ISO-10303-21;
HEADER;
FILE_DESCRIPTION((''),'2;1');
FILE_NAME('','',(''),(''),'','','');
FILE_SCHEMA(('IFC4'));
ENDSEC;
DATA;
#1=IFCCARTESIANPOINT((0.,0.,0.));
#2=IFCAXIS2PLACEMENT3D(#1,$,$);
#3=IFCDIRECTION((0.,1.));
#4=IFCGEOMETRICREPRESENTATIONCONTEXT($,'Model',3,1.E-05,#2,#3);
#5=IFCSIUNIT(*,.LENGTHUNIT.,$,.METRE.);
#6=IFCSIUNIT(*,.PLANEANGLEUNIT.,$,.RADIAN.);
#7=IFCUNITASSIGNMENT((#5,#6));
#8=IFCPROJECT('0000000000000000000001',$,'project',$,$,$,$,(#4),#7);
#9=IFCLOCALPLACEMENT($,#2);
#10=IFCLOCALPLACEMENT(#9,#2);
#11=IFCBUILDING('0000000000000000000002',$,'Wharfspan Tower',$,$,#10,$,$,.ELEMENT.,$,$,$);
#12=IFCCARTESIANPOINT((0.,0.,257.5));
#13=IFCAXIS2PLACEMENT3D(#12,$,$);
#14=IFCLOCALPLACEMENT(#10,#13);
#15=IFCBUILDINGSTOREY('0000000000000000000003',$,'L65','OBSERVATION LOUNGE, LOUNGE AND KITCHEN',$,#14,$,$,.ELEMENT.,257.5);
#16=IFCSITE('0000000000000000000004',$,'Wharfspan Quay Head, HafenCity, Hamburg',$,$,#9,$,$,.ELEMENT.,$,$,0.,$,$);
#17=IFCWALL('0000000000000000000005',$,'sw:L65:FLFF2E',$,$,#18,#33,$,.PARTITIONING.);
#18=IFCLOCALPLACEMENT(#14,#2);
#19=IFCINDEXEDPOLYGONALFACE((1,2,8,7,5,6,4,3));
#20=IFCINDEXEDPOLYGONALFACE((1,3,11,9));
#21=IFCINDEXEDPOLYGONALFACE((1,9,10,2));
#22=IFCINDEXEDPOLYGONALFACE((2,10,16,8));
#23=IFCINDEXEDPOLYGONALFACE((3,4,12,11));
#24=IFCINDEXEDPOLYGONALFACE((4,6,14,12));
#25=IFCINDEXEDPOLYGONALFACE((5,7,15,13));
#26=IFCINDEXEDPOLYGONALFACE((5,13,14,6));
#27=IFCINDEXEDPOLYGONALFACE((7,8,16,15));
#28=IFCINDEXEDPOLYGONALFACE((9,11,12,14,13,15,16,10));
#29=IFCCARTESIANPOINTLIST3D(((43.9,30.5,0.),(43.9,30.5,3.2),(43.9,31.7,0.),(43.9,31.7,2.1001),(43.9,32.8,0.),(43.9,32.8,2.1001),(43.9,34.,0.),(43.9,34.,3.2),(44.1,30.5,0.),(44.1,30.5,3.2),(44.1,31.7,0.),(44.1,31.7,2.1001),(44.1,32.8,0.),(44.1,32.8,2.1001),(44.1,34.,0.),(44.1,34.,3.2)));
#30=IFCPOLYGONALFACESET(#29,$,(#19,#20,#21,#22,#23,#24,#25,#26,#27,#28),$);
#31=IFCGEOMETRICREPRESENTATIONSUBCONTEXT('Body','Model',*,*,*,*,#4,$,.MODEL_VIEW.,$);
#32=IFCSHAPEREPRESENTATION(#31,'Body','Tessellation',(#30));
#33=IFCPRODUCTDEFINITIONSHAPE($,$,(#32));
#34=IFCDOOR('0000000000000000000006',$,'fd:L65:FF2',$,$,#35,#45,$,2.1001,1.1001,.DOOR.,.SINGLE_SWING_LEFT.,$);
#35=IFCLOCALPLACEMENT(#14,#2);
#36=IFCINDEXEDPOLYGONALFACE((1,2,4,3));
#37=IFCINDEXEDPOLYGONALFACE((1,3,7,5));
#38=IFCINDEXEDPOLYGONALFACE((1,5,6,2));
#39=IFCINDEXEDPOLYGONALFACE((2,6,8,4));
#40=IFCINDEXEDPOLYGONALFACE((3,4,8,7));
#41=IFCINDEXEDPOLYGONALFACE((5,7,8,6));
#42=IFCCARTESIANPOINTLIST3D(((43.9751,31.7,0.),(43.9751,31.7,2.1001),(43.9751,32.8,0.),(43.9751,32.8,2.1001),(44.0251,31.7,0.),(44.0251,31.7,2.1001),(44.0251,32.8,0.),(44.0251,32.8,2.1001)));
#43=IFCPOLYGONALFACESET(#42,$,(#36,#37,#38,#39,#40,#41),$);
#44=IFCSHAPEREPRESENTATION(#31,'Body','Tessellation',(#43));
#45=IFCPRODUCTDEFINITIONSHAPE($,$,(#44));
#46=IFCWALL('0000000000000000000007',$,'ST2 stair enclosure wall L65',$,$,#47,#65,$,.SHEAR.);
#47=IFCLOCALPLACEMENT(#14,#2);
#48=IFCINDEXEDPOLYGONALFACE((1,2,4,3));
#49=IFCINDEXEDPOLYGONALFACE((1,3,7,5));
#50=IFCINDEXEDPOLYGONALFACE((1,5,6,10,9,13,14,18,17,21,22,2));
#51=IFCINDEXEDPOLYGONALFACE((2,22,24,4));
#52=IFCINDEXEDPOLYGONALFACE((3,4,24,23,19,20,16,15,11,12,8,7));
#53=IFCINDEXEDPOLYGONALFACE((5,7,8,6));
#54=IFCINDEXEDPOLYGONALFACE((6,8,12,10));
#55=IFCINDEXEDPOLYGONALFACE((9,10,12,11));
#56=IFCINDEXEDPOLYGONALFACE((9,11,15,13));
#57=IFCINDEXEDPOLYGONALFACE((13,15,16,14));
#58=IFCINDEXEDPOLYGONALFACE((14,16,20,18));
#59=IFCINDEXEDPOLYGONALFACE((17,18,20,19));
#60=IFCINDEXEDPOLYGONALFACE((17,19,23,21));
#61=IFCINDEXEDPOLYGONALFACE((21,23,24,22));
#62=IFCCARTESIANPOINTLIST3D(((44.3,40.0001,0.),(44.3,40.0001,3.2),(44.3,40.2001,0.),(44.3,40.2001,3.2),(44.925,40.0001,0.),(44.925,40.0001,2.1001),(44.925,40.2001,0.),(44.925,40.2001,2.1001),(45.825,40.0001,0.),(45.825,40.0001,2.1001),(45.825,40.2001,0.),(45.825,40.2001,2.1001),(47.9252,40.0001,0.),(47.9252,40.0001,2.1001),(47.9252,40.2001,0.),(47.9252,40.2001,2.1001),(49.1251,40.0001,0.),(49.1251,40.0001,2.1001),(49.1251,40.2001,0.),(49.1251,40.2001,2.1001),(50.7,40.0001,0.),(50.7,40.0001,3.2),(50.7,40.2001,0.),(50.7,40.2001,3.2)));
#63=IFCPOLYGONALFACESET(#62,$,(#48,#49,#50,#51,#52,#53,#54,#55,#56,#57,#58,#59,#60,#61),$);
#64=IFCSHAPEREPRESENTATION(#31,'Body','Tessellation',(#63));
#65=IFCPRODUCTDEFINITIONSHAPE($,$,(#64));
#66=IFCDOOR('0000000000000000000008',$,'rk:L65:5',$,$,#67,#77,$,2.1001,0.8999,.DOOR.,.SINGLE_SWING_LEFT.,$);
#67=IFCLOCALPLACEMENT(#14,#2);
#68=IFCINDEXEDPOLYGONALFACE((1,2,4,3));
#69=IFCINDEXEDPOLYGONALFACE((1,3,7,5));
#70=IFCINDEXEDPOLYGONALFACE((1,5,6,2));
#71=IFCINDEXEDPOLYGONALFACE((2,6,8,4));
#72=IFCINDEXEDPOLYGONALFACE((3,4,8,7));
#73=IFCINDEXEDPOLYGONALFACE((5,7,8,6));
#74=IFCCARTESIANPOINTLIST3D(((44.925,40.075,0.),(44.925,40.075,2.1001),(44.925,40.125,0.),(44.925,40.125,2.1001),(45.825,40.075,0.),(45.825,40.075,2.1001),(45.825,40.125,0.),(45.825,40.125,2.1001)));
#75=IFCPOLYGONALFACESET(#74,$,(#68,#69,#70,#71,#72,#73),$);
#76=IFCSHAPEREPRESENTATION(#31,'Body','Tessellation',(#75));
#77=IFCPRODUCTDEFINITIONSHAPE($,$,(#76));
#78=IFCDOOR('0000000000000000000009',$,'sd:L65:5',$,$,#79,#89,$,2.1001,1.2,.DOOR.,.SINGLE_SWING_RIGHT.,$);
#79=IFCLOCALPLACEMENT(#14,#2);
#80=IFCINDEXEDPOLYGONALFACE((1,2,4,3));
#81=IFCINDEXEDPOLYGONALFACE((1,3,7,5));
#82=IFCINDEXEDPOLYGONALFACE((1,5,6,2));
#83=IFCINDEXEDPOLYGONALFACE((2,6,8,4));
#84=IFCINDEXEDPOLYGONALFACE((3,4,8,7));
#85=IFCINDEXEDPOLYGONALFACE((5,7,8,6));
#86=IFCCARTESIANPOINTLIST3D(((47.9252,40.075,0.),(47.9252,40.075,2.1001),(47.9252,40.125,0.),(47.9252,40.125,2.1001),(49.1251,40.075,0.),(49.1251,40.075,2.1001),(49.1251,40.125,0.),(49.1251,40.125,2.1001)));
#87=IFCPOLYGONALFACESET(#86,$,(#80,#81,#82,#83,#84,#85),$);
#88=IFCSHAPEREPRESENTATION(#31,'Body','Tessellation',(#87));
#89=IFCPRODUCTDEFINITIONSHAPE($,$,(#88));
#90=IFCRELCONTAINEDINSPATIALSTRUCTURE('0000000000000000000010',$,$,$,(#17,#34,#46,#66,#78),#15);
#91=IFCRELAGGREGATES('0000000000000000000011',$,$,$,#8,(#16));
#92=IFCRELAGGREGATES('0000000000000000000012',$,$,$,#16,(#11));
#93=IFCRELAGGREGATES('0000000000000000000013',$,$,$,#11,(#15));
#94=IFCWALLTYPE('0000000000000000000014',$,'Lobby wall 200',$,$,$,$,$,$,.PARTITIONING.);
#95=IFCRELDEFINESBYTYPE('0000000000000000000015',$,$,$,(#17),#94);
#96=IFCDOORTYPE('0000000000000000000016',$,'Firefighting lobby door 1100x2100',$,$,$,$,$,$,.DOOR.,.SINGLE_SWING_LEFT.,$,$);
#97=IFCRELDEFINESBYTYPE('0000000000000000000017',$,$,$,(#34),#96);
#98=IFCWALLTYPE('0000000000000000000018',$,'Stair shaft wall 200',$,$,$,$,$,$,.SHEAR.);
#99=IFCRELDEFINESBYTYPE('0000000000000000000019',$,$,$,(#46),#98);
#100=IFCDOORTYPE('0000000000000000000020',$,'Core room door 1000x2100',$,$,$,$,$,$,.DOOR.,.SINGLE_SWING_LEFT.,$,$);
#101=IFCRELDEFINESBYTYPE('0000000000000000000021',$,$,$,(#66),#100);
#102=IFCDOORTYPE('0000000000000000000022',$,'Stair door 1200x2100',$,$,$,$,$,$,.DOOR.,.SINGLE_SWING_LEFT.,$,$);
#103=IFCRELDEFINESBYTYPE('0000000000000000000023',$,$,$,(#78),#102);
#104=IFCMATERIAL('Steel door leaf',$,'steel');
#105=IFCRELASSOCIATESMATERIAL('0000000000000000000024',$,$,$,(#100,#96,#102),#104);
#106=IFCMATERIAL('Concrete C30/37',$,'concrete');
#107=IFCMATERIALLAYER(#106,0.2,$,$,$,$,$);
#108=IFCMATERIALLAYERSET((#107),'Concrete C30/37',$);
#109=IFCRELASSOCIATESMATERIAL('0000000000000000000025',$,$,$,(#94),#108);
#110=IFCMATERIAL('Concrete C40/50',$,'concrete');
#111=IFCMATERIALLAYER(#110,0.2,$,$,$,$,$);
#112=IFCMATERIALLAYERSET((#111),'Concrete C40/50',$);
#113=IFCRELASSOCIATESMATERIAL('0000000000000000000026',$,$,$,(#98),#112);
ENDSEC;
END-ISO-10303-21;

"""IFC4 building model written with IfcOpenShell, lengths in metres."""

from ifc_helpers import new_model, si_unit, direction, frame, frame_2d, origin, place, context, subcontext, project, spatial, rectangle, extrude, material, layer, layer_set, type_object, element, fill, save


model = new_model("IFC4")

# Units and contexts
model_context = context("Model", 3, precision=1e-05, world=origin(), true_north=direction((0.0, 1.0)))
body_context = subcontext(model_context, "Body", "Model", "MODEL_VIEW")
ifc_project = project(units=[si_unit("LENGTHUNIT", "METRE"), si_unit("PLANEANGLEUNIT", "RADIAN")], contexts=[model_context])

# Site, building, storey
site_placement = place(None, origin())
site = spatial("IfcSite", under=ifc_project, at=site_placement, Name="Wharfspan Quay Head, HafenCity, Hamburg", CompositionType="ELEMENT", RefElevation=0.0)
building_placement = place(site_placement, origin())
building = spatial("IfcBuilding", under=site, at=building_placement, Name="Wharfspan Tower", CompositionType="ELEMENT")
storey_placement = place(building_placement, frame((0.0, 0.0, 257.5)))
storey = spatial("IfcBuildingStorey", under=building, at=storey_placement, Name="L65", Description="OBSERVATION LOUNGE, LOUNGE AND KITCHEN", CompositionType="ELEMENT", Elevation=257.5)

# Shared definitions
ifc_material_1 = material(Name="Steel door leaf", Category="steel")
door_type_1 = type_object("IfcDoorType", Name="Core room door 1000x2100", OperationType="SINGLE_SWING_LEFT", PredefinedType="DOOR", material=ifc_material_1)

# Wall, opening, door
ifc_material_2 = material(Name="Concrete C30/37", Category="concrete")
ifc_layer_1 = layer(ifc_material_2, 0.2)
ifc_layer_set_1 = layer_set([ifc_layer_1], Name="Concrete C30/37")
wall_type_1 = type_object("IfcWallType", Name="Lobby wall 200", PredefinedType="PARTITIONING", material=ifc_layer_set_1)
wall_1_placement = place(storey_placement, frame((44.0, 30.5, 0.0), z_axis=(0.0, 0.0, 1.0), x_axis=(0.0, 1.0, 0.0)))
wall_1 = element("IfcWall", 1, at=wall_1_placement, inside=storey, type_object=wall_type_1, Name="sw:L65:FLFF2E", PredefinedType="PARTITIONING", context=body_context, shape_type="SweptSolid", body=[
    extrude(rectangle(XDim=3.5, YDim=0.2, at=frame_2d((1.75, 0.0))), origin(), (0.0, 0.0, 1.0), 3.2),
])
opening_1_placement = place(wall_1_placement, frame((1.2, 0.0, 0.0)))
opening_1 = element("IfcOpeningElement", 2, at=opening_1_placement, cuts=wall_1, PredefinedType="OPENING", context=body_context, shape_type="SweptSolid", body=[
    extrude(rectangle(XDim=1.1001, YDim=2.1001, at=frame_2d((0.55, 1.05))), frame((0.0, 0.1099, 0.0), z_axis=(0.0, -1.0, 0.0), x_axis=(1.0, 0.0, 0.0)), (0.0, 0.0, 1.0), 0.22),
])
door_type_2 = type_object("IfcDoorType", Name="Firefighting lobby door 1100x2100", OperationType="SINGLE_SWING_LEFT", PredefinedType="DOOR", material=ifc_material_1)
door_1_placement = place(opening_1_placement, origin())
door_1 = element("IfcDoor", 3, at=door_1_placement, inside=storey, type_object=door_type_2, Name="fd:L65:FF2", OperationType="SINGLE_SWING_LEFT", OverallHeight=2.1001, OverallWidth=1.1001, PredefinedType="DOOR", context=body_context, shape_type="SweptSolid", body=[
    extrude(rectangle(XDim=1.1001, YDim=2.1001, at=frame_2d((0.55, 1.05))), frame((0.0, 0.0249, 0.0), z_axis=(0.0, -1.0, 0.0), x_axis=(1.0, 0.0, 0.0)), (0.0, 0.0, 1.0), 0.05),
])
fill(opening_1, door_1)

# Wall, openings, doors
ifc_material_3 = material(Name="Concrete C40/50", Category="concrete")
ifc_layer_2 = layer(ifc_material_3, 0.2)
ifc_layer_set_2 = layer_set([ifc_layer_2], Name="Concrete C40/50")
wall_type_2 = type_object("IfcWallType", Name="Stair shaft wall 200", PredefinedType="SHEAR", material=ifc_layer_set_2)
wall_2_placement = place(storey_placement, frame((44.3, 40.1001, 0.0), z_axis=(0.0, 0.0, 1.0), x_axis=(1.0, 0.0, 0.0)))
wall_2 = element("IfcWall", 4, at=wall_2_placement, inside=storey, type_object=wall_type_2, Name="ST2 stair enclosure wall L65", PredefinedType="SHEAR", context=body_context, shape_type="SweptSolid", body=[
    extrude(rectangle(XDim=6.3999, YDim=0.2, at=frame_2d((3.2, 0.0))), origin(), (0.0, 0.0, 1.0), 3.2),
])
opening_2_placement = place(wall_2_placement, frame((3.625, 0.0, 0.0)))
opening_2 = element("IfcOpeningElement", 5, at=opening_2_placement, cuts=wall_2, PredefinedType="OPENING", context=body_context, shape_type="SweptSolid", body=[
    extrude(rectangle(XDim=1.2, YDim=2.1001, at=frame_2d((0.6001, 1.05))), frame((0.0, 0.1099, 0.0), z_axis=(0.0, -1.0, 0.0), x_axis=(1.0, 0.0, 0.0)), (0.0, 0.0, 1.0), 0.22),
])
opening_3_placement = place(wall_2_placement, frame((0.625, 0.0, 0.0)))
opening_3 = element("IfcOpeningElement", 6, at=opening_3_placement, cuts=wall_2, PredefinedType="OPENING", context=body_context, shape_type="SweptSolid", body=[
    extrude(rectangle(XDim=0.8999, YDim=2.1001, at=frame_2d((0.45, 1.05))), frame((0.0, 0.1099, 0.0), z_axis=(0.0, -1.0, 0.0), x_axis=(1.0, 0.0, 0.0)), (0.0, 0.0, 1.0), 0.22),
])
door_2_placement = place(opening_3_placement, origin())
door_2 = element("IfcDoor", 7, at=door_2_placement, inside=storey, type_object=door_type_1, Name="rk:L65:5", OperationType="SINGLE_SWING_LEFT", OverallHeight=2.1001, OverallWidth=0.8999, PredefinedType="DOOR", context=body_context, shape_type="SweptSolid", body=[
    extrude(rectangle(XDim=0.8999, YDim=2.1001, at=frame_2d((0.45, 1.05))), frame((0.0, 0.0249, 0.0), z_axis=(0.0, -1.0, 0.0), x_axis=(1.0, 0.0, 0.0)), (0.0, 0.0, 1.0), 0.05),
])
fill(opening_3, door_2)
door_type_3 = type_object("IfcDoorType", Name="Stair door 1200x2100", OperationType="SINGLE_SWING_LEFT", PredefinedType="DOOR", material=ifc_material_1)
door_3_placement = place(opening_2_placement, origin())
door_3 = element("IfcDoor", 8, at=door_3_placement, inside=storey, type_object=door_type_3, Name="sd:L65:5", OperationType="SINGLE_SWING_RIGHT", OverallHeight=2.1001, OverallWidth=1.2, PredefinedType="DOOR", context=body_context, shape_type="SweptSolid", body=[
    extrude(rectangle(XDim=1.2, YDim=2.1001, at=frame_2d((0.6001, 1.05))), frame((0.0, 0.0249, 0.0), z_axis=(0.0, -1.0, 0.0), x_axis=(1.0, 0.0, 0.0)), (0.0, 0.0, 1.0), 0.05),
])
fill(opening_2, door_3)

save(model, "model.ifc")
